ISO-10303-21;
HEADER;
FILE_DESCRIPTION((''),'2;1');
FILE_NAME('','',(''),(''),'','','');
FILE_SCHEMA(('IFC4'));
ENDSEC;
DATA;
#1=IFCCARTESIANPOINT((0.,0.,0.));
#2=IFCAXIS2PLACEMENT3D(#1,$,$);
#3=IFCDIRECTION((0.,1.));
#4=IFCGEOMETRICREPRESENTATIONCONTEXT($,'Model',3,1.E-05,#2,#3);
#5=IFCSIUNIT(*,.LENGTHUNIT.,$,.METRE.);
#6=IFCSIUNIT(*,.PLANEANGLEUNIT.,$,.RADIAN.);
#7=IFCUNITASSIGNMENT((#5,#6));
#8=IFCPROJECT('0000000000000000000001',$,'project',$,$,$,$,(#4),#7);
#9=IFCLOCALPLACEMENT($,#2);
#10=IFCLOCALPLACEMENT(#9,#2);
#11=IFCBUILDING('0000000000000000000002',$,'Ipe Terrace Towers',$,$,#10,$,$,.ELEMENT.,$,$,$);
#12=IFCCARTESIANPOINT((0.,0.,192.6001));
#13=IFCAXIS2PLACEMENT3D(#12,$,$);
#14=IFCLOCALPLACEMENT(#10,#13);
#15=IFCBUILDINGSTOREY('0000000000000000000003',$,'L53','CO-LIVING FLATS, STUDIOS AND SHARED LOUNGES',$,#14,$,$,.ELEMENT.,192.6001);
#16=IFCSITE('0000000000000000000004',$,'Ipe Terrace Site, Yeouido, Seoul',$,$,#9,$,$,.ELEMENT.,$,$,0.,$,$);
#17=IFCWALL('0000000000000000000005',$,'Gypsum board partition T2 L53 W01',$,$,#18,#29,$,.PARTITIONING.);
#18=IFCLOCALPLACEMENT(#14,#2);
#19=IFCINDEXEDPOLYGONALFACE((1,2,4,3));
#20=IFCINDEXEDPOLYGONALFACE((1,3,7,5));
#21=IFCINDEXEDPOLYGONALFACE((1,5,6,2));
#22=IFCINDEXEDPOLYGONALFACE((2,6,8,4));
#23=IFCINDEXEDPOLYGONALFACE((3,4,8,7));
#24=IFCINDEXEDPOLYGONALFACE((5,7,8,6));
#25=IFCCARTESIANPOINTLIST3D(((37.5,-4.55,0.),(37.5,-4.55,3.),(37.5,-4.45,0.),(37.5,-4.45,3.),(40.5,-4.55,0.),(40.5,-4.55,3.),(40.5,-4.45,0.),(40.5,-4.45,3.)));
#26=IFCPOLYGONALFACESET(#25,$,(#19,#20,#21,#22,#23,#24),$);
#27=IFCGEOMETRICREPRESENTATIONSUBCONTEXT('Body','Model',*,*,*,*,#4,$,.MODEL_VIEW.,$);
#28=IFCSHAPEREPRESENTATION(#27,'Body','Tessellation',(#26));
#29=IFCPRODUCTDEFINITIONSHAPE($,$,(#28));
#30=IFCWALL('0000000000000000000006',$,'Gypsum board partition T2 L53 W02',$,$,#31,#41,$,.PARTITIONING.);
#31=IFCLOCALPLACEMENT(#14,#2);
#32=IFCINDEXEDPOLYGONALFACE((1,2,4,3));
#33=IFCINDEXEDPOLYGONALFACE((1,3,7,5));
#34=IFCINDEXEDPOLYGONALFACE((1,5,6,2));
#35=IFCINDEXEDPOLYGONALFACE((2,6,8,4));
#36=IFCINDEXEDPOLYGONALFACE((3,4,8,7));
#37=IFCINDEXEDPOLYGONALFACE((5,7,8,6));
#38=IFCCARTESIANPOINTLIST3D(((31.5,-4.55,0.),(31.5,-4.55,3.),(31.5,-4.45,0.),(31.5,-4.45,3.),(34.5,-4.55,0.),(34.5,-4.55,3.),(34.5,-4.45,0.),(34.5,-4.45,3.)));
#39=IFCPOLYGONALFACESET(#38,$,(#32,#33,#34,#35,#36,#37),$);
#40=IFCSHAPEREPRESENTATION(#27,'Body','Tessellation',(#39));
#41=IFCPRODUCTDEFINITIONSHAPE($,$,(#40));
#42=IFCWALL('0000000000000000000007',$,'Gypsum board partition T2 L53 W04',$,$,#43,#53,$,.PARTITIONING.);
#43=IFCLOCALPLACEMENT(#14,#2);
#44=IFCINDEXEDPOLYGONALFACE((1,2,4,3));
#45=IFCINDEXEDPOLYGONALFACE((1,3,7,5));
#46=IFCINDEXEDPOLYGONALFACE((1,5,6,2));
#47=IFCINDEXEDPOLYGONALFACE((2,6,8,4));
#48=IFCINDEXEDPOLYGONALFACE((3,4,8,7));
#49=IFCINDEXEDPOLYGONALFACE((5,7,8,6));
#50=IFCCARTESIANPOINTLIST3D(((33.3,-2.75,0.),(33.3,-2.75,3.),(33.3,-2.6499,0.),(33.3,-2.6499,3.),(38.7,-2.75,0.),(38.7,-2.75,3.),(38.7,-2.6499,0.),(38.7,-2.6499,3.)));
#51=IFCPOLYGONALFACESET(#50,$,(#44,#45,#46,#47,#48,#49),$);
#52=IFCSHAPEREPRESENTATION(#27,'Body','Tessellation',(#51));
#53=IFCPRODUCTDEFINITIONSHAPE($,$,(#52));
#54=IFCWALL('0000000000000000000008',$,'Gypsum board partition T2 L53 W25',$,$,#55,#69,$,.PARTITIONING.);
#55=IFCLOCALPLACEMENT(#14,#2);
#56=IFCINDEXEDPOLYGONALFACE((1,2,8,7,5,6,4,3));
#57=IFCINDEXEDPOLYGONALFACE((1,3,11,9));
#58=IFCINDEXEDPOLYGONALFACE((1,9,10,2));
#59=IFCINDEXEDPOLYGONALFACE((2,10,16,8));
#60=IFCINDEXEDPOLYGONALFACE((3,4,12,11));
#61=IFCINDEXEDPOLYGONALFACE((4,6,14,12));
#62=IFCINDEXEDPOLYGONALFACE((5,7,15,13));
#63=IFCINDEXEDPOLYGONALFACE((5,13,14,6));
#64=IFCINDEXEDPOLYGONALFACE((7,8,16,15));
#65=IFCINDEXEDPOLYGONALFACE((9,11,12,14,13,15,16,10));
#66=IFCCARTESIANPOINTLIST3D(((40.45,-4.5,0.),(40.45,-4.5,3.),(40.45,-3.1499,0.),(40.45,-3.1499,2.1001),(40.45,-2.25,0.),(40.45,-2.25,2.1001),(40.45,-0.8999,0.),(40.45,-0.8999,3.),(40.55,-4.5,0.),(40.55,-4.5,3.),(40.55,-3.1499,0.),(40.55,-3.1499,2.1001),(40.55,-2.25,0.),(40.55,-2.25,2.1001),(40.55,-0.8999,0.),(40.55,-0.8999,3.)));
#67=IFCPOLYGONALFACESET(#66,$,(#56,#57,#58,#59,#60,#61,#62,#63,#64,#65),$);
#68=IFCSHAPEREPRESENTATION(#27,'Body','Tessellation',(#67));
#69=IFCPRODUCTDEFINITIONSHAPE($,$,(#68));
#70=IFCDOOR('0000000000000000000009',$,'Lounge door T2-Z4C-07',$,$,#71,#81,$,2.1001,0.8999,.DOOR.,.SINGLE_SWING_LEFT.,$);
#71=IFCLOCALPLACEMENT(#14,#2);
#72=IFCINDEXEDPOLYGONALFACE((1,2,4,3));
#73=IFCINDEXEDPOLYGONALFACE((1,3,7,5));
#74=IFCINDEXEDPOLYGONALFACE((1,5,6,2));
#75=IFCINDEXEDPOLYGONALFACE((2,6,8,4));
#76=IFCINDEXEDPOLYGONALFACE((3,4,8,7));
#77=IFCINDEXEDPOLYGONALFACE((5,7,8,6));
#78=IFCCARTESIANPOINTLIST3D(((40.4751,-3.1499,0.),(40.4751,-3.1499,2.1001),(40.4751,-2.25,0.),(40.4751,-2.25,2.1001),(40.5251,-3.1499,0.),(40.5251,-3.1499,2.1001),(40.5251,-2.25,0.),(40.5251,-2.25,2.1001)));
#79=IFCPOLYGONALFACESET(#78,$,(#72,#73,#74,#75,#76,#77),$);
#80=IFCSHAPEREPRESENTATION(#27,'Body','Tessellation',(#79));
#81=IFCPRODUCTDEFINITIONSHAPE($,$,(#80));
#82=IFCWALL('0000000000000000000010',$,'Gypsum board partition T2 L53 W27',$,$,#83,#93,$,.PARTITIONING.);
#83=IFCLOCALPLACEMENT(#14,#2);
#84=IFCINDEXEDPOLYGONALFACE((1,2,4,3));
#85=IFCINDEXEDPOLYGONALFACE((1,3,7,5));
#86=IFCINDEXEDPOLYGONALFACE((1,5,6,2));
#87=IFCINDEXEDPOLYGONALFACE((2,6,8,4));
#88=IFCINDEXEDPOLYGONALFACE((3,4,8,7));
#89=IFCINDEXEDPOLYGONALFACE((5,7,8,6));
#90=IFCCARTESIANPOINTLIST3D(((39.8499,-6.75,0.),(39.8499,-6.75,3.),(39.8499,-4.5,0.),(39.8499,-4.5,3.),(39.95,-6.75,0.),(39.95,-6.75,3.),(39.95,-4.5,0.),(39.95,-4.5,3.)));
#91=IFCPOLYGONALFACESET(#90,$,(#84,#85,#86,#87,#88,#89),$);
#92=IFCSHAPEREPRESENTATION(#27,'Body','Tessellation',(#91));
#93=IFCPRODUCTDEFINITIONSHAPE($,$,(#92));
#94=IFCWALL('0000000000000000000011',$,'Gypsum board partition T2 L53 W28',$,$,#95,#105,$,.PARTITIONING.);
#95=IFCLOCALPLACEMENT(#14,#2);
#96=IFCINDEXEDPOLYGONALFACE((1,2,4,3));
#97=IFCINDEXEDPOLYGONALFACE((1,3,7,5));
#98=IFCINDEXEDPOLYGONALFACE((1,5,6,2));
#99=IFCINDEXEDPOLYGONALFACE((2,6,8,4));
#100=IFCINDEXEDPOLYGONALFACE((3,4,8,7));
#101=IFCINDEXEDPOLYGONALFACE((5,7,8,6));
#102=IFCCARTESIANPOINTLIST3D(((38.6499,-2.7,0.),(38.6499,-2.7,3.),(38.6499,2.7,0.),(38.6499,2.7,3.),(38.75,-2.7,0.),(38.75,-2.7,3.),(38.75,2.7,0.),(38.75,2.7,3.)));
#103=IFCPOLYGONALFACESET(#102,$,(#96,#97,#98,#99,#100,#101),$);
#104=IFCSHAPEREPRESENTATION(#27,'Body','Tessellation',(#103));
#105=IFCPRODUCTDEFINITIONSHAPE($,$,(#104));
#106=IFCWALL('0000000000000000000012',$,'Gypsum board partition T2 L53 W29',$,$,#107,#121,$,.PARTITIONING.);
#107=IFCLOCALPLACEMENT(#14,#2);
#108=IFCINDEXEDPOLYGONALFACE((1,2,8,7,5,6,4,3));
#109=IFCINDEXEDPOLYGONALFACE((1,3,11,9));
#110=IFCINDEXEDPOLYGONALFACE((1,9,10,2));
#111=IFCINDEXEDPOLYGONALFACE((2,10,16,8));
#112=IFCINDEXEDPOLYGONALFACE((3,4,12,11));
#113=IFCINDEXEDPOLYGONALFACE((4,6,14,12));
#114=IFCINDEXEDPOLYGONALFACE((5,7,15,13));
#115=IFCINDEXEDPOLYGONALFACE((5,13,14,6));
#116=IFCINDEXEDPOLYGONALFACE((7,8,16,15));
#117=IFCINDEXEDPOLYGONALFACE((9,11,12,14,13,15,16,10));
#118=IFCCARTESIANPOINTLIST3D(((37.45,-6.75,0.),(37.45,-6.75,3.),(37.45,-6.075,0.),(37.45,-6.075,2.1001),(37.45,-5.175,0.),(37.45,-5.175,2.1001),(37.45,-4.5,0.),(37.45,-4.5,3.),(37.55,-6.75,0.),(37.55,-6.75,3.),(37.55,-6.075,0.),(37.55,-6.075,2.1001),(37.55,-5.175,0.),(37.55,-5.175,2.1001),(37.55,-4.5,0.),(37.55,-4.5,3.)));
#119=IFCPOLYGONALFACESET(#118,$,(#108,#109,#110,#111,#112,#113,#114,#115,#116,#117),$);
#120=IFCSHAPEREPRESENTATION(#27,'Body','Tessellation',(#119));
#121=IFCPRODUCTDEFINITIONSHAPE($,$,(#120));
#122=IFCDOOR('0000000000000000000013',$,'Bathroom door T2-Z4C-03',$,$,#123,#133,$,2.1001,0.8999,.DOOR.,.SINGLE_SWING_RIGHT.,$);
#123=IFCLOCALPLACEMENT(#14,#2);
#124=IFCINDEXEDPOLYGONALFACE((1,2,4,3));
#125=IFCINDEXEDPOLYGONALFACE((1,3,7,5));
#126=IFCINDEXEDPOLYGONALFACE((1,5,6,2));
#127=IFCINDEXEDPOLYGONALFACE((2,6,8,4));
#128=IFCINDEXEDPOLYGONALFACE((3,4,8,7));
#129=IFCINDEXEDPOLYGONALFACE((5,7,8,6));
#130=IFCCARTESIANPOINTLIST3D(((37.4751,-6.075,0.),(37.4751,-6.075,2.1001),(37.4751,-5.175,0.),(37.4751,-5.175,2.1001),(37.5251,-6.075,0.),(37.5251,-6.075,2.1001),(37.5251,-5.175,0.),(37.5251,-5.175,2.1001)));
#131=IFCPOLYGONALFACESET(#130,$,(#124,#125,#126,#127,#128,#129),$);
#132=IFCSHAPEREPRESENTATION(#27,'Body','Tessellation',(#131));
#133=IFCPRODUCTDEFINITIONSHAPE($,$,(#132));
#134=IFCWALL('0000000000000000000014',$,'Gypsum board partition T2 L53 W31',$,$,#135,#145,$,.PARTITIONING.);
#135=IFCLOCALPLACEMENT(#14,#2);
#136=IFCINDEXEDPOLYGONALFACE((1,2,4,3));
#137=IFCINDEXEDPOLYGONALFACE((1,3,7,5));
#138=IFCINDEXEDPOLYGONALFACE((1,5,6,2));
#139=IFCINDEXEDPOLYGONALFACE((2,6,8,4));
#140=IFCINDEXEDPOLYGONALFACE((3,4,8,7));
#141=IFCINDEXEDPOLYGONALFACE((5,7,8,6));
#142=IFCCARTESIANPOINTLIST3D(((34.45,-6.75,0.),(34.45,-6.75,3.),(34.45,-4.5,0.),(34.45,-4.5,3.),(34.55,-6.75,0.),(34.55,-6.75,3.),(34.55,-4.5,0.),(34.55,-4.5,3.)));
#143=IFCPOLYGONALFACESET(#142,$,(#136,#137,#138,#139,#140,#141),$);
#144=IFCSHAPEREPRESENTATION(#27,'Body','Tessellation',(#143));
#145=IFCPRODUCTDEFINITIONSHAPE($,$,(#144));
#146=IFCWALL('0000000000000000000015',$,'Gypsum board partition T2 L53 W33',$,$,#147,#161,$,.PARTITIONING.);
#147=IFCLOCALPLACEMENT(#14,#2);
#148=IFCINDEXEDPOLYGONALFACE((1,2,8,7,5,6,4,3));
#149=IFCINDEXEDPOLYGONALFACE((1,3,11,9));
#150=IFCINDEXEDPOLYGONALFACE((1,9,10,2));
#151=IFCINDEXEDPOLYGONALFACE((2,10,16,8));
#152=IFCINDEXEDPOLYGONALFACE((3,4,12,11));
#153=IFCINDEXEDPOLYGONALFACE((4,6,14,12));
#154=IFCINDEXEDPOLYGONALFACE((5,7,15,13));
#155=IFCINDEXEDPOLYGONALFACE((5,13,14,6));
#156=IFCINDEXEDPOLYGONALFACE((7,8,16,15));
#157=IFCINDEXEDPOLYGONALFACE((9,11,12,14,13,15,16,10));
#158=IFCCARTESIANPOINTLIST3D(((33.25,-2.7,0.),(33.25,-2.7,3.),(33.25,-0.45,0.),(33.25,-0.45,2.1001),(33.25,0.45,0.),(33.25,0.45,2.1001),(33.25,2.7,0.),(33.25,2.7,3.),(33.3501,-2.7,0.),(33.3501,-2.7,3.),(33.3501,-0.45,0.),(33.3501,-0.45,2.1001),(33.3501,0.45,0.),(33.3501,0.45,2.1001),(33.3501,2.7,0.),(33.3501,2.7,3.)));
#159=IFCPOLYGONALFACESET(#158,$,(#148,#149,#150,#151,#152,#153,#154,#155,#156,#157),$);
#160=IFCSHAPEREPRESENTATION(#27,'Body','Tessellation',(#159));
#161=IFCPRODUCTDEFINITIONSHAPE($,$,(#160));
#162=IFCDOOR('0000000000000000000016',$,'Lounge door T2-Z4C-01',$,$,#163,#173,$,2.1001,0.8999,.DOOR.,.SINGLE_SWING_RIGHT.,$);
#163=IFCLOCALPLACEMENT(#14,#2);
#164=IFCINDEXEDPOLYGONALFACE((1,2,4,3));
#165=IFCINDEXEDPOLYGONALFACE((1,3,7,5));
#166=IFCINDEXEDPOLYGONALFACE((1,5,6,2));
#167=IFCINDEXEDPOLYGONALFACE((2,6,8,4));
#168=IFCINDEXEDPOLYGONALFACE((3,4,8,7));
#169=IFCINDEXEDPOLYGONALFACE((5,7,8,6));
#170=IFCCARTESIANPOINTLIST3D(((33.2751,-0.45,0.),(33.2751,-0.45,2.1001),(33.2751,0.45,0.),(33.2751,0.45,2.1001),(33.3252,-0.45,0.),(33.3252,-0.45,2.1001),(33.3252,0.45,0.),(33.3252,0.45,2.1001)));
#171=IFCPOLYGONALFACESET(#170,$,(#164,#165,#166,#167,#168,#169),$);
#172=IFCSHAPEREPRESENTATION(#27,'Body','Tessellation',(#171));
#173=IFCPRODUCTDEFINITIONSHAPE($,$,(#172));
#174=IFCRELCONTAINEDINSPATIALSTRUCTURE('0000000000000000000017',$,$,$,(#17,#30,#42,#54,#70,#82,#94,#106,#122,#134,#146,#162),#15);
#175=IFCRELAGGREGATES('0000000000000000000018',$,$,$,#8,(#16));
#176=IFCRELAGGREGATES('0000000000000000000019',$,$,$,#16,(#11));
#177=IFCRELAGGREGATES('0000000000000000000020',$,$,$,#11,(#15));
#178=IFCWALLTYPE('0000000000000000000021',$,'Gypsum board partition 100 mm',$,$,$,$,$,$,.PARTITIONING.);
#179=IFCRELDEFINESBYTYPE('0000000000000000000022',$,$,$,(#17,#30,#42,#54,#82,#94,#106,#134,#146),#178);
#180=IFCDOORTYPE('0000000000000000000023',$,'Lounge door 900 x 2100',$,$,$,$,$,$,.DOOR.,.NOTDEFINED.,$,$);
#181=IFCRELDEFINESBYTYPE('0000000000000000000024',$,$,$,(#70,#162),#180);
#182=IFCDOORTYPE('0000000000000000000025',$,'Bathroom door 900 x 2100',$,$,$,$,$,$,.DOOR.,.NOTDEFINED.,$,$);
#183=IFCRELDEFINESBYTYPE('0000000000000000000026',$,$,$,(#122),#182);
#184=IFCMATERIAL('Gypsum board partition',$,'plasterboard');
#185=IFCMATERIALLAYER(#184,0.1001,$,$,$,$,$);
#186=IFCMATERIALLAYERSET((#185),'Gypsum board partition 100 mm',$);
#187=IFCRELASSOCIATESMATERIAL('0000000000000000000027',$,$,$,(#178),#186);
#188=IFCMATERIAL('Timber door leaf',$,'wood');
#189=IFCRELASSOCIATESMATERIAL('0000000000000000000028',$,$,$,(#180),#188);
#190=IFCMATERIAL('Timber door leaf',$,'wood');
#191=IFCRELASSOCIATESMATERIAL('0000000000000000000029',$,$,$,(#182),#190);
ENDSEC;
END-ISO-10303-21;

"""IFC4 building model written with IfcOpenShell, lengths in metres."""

from ifc_helpers import new_model, si_unit, direction, frame, frame_2d, origin, place, context, subcontext, project, spatial, rectangle, extrude, material, layer, layer_set, type_object, element, fill, save


model = new_model("IFC4")

# Units and contexts
model_context = context("Model", 3, precision=1e-05, world=origin(), true_north=direction((0.0, 1.0)))
body_context = subcontext(model_context, "Body", "Model", "MODEL_VIEW")
ifc_project = project(units=[si_unit("LENGTHUNIT", "METRE"), si_unit("PLANEANGLEUNIT", "RADIAN")], contexts=[model_context])

# Site, building, storey
site_placement = place(None, origin())
site = spatial("IfcSite", under=ifc_project, at=site_placement, Name="Ipe Terrace Site, Yeouido, Seoul", CompositionType="ELEMENT", RefElevation=0.0)
building_placement = place(site_placement, origin())
building = spatial("IfcBuilding", under=site, at=building_placement, Name="Ipe Terrace Towers", CompositionType="ELEMENT")
storey_placement = place(building_placement, frame((0.0, 0.0, 192.6001)))
storey = spatial("IfcBuildingStorey", under=building, at=storey_placement, Name="L53", Description="CO-LIVING FLATS, STUDIOS AND SHARED LOUNGES", CompositionType="ELEMENT", Elevation=192.6001)

# Walls
ifc_material_1 = material(Name="Gypsum board partition", Category="plasterboard")
ifc_layer_1 = layer(ifc_material_1, 0.1001)
ifc_layer_set_1 = layer_set([ifc_layer_1], Name="Gypsum board partition 100 mm")
wall_type_1 = type_object("IfcWallType", Name="Gypsum board partition 100 mm", PredefinedType="PARTITIONING", material=ifc_layer_set_1)
for number, where, z_axis, x_axis, name in (
    (1, (40.5, -4.5, 0.0), (0.0, 0.0, 1.0), (-1.0, 0.0, 0.0), "Gypsum board partition T2 L53 W01"),
    (2, (34.5, -4.5, 0.0), (0.0, 0.0, 1.0), (-1.0, 0.0, 0.0), "Gypsum board partition T2 L53 W02"),
):
    element("IfcWall", number, at=place(storey_placement, frame(where, z_axis=z_axis, x_axis=x_axis)), inside=storey, type_object=wall_type_1, Name=name, PredefinedType="PARTITIONING", context=body_context, shape_type="SweptSolid", body=[
        extrude(rectangle(XDim=3.0, YDim=0.1001, at=frame_2d((1.5, 0.0))), origin(), (0.0, 0.0, 1.0), 3.0),
    ])
wall_1_placement = place(storey_placement, frame((38.7, -2.7, 0.0), z_axis=(0.0, 0.0, 1.0), x_axis=(-1.0, 0.0, 0.0)))
element("IfcWall", 3, at=wall_1_placement, inside=storey, type_object=wall_type_1, Name="Gypsum board partition T2 L53 W04", PredefinedType="PARTITIONING", context=body_context, shape_type="SweptSolid", body=[
    extrude(rectangle(XDim=5.3999, YDim=0.1001, at=frame_2d((2.7, 0.0))), origin(), (0.0, 0.0, 1.0), 3.0),
])

# Wall, opening, door
wall_2_placement = place(storey_placement, frame((40.5, -4.5, 0.0), z_axis=(0.0, 0.0, 1.0), x_axis=(0.0, 1.0, 0.0)))
wall_2 = element("IfcWall", 4, at=wall_2_placement, inside=storey, type_object=wall_type_1, Name="Gypsum board partition T2 L53 W25", PredefinedType="PARTITIONING", context=body_context, shape_type="SweptSolid", body=[
    extrude(rectangle(XDim=3.6001, YDim=0.1001, at=frame_2d((1.8, 0.0))), origin(), (0.0, 0.0, 1.0), 3.0),
])
opening_1_placement = place(wall_2_placement, frame((1.3501, 0.0, 0.0)))
opening_1 = element("IfcOpeningElement", 5, at=opening_1_placement, cuts=wall_2, PredefinedType="OPENING", context=body_context, shape_type="SweptSolid", body=[
    extrude(rectangle(XDim=0.8999, YDim=2.1001, at=frame_2d((0.45, 1.05))), frame((0.0, 0.0601, 0.0), z_axis=(0.0, -1.0, 0.0), x_axis=(1.0, 0.0, 0.0)), (0.0, 0.0, 1.0), 0.1201),
])
ifc_material_2 = material(Name="Timber door leaf", Category="wood")
door_type_1 = type_object("IfcDoorType", Name="Lounge door 900 x 2100", OperationType="NOTDEFINED", PredefinedType="DOOR", material=ifc_material_2)
door_1_placement = place(opening_1_placement, origin())
door_1 = element("IfcDoor", 6, at=door_1_placement, inside=storey, type_object=door_type_1, Name="Lounge door T2-Z4C-07", OperationType="SINGLE_SWING_LEFT", OverallHeight=2.1001, OverallWidth=0.8999, PredefinedType="DOOR", context=body_context, shape_type="SweptSolid", body=[
    extrude(rectangle(XDim=0.8999, YDim=2.1001, at=frame_2d((0.45, 1.05))), frame((0.0, 0.0249, 0.0), z_axis=(0.0, -1.0, 0.0), x_axis=(1.0, 0.0, 0.0)), (0.0, 0.0, 1.0), 0.05),
])
fill(opening_1, door_1)

# Walls
wall_3_placement = place(storey_placement, frame((39.8999, -6.75, 0.0), z_axis=(0.0, 0.0, 1.0), x_axis=(0.0, 1.0, 0.0)))
element("IfcWall", 7, at=wall_3_placement, inside=storey, type_object=wall_type_1, Name="Gypsum board partition T2 L53 W27", PredefinedType="PARTITIONING", context=body_context, shape_type="SweptSolid", body=[
    extrude(rectangle(XDim=2.25, YDim=0.1001, at=frame_2d((1.125, 0.0))), origin(), (0.0, 0.0, 1.0), 3.0),
])
wall_4_placement = place(storey_placement, frame((38.7, -2.7, 0.0), z_axis=(0.0, 0.0, 1.0), x_axis=(0.0, 1.0, 0.0)))
element("IfcWall", 8, at=wall_4_placement, inside=storey, type_object=wall_type_1, Name="Gypsum board partition T2 L53 W28", PredefinedType="PARTITIONING", context=body_context, shape_type="SweptSolid", body=[
    extrude(rectangle(XDim=5.3999, YDim=0.1001, at=frame_2d((2.7, 0.0))), origin(), (0.0, 0.0, 1.0), 3.0),
])

# Wall, opening, door
wall_5_placement = place(storey_placement, frame((37.5, -6.75, 0.0), z_axis=(0.0, 0.0, 1.0), x_axis=(0.0, 1.0, 0.0)))
wall_5 = element("IfcWall", 9, at=wall_5_placement, inside=storey, type_object=wall_type_1, Name="Gypsum board partition T2 L53 W29", PredefinedType="PARTITIONING", context=body_context, shape_type="SweptSolid", body=[
    extrude(rectangle(XDim=2.25, YDim=0.1001, at=frame_2d((1.125, 0.0))), origin(), (0.0, 0.0, 1.0), 3.0),
])
opening_2_placement = place(wall_5_placement, frame((0.675, 0.0, 0.0)))
opening_2 = element("IfcOpeningElement", 10, at=opening_2_placement, cuts=wall_5, PredefinedType="OPENING", context=body_context, shape_type="SweptSolid", body=[
    extrude(rectangle(XDim=0.8999, YDim=2.1001, at=frame_2d((0.45, 1.05))), frame((0.0, 0.0601, 0.0), z_axis=(0.0, -1.0, 0.0), x_axis=(1.0, 0.0, 0.0)), (0.0, 0.0, 1.0), 0.1201),
])
ifc_material_3 = material(Name="Timber door leaf", Category="wood")
door_type_2 = type_object("IfcDoorType", Name="Bathroom door 900 x 2100", OperationType="NOTDEFINED", PredefinedType="DOOR", material=ifc_material_3)
door_2_placement = place(opening_2_placement, origin())
door_2 = element("IfcDoor", 11, at=door_2_placement, inside=storey, type_object=door_type_2, Name="Bathroom door T2-Z4C-03", OperationType="SINGLE_SWING_RIGHT", OverallHeight=2.1001, OverallWidth=0.8999, PredefinedType="DOOR", context=body_context, shape_type="SweptSolid", body=[
    extrude(rectangle(XDim=0.8999, YDim=2.1001, at=frame_2d((0.45, 1.05))), frame((0.0, 0.0249, 0.0), z_axis=(0.0, -1.0, 0.0), x_axis=(1.0, 0.0, 0.0)), (0.0, 0.0, 1.0), 0.05),
])
fill(opening_2, door_2)

# Wall
wall_6_placement = place(storey_placement, frame((34.5, -6.75, 0.0), z_axis=(0.0, 0.0, 1.0), x_axis=(0.0, 1.0, 0.0)))
element("IfcWall", 12, at=wall_6_placement, inside=storey, type_object=wall_type_1, Name="Gypsum board partition T2 L53 W31", PredefinedType="PARTITIONING", context=body_context, shape_type="SweptSolid", body=[
    extrude(rectangle(XDim=2.25, YDim=0.1001, at=frame_2d((1.125, 0.0))), origin(), (0.0, 0.0, 1.0), 3.0),
])

# Wall, opening, door
wall_7_placement = place(storey_placement, frame((33.3, -2.7, 0.0), z_axis=(0.0, 0.0, 1.0), x_axis=(0.0, 1.0, 0.0)))
wall_7 = element("IfcWall", 13, at=wall_7_placement, inside=storey, type_object=wall_type_1, Name="Gypsum board partition T2 L53 W33", PredefinedType="PARTITIONING", context=body_context, shape_type="SweptSolid", body=[
    extrude(rectangle(XDim=5.3999, YDim=0.1001, at=frame_2d((2.7, 0.0))), origin(), (0.0, 0.0, 1.0), 3.0),
])
opening_3_placement = place(wall_7_placement, frame((2.25, 0.0, 0.0)))
opening_3 = element("IfcOpeningElement", 14, at=opening_3_placement, cuts=wall_7, PredefinedType="OPENING", context=body_context, shape_type="SweptSolid", body=[
    extrude(rectangle(XDim=0.8999, YDim=2.1001, at=frame_2d((0.45, 1.05))), frame((0.0, 0.0601, 0.0), z_axis=(0.0, -1.0, 0.0), x_axis=(1.0, 0.0, 0.0)), (0.0, 0.0, 1.0), 0.1201),
])
door_3_placement = place(opening_3_placement, origin())
door_3 = element("IfcDoor", 15, at=door_3_placement, inside=storey, type_object=door_type_1, Name="Lounge door T2-Z4C-01", OperationType="SINGLE_SWING_RIGHT", OverallHeight=2.1001, OverallWidth=0.8999, PredefinedType="DOOR", context=body_context, shape_type="SweptSolid", body=[
    extrude(rectangle(XDim=0.8999, YDim=2.1001, at=frame_2d((0.45, 1.05))), frame((0.0, 0.0249, 0.0), z_axis=(0.0, -1.0, 0.0), x_axis=(1.0, 0.0, 0.0)), (0.0, 0.0, 1.0), 0.05),
])
fill(opening_3, door_3)

save(model, "model.ifc")
